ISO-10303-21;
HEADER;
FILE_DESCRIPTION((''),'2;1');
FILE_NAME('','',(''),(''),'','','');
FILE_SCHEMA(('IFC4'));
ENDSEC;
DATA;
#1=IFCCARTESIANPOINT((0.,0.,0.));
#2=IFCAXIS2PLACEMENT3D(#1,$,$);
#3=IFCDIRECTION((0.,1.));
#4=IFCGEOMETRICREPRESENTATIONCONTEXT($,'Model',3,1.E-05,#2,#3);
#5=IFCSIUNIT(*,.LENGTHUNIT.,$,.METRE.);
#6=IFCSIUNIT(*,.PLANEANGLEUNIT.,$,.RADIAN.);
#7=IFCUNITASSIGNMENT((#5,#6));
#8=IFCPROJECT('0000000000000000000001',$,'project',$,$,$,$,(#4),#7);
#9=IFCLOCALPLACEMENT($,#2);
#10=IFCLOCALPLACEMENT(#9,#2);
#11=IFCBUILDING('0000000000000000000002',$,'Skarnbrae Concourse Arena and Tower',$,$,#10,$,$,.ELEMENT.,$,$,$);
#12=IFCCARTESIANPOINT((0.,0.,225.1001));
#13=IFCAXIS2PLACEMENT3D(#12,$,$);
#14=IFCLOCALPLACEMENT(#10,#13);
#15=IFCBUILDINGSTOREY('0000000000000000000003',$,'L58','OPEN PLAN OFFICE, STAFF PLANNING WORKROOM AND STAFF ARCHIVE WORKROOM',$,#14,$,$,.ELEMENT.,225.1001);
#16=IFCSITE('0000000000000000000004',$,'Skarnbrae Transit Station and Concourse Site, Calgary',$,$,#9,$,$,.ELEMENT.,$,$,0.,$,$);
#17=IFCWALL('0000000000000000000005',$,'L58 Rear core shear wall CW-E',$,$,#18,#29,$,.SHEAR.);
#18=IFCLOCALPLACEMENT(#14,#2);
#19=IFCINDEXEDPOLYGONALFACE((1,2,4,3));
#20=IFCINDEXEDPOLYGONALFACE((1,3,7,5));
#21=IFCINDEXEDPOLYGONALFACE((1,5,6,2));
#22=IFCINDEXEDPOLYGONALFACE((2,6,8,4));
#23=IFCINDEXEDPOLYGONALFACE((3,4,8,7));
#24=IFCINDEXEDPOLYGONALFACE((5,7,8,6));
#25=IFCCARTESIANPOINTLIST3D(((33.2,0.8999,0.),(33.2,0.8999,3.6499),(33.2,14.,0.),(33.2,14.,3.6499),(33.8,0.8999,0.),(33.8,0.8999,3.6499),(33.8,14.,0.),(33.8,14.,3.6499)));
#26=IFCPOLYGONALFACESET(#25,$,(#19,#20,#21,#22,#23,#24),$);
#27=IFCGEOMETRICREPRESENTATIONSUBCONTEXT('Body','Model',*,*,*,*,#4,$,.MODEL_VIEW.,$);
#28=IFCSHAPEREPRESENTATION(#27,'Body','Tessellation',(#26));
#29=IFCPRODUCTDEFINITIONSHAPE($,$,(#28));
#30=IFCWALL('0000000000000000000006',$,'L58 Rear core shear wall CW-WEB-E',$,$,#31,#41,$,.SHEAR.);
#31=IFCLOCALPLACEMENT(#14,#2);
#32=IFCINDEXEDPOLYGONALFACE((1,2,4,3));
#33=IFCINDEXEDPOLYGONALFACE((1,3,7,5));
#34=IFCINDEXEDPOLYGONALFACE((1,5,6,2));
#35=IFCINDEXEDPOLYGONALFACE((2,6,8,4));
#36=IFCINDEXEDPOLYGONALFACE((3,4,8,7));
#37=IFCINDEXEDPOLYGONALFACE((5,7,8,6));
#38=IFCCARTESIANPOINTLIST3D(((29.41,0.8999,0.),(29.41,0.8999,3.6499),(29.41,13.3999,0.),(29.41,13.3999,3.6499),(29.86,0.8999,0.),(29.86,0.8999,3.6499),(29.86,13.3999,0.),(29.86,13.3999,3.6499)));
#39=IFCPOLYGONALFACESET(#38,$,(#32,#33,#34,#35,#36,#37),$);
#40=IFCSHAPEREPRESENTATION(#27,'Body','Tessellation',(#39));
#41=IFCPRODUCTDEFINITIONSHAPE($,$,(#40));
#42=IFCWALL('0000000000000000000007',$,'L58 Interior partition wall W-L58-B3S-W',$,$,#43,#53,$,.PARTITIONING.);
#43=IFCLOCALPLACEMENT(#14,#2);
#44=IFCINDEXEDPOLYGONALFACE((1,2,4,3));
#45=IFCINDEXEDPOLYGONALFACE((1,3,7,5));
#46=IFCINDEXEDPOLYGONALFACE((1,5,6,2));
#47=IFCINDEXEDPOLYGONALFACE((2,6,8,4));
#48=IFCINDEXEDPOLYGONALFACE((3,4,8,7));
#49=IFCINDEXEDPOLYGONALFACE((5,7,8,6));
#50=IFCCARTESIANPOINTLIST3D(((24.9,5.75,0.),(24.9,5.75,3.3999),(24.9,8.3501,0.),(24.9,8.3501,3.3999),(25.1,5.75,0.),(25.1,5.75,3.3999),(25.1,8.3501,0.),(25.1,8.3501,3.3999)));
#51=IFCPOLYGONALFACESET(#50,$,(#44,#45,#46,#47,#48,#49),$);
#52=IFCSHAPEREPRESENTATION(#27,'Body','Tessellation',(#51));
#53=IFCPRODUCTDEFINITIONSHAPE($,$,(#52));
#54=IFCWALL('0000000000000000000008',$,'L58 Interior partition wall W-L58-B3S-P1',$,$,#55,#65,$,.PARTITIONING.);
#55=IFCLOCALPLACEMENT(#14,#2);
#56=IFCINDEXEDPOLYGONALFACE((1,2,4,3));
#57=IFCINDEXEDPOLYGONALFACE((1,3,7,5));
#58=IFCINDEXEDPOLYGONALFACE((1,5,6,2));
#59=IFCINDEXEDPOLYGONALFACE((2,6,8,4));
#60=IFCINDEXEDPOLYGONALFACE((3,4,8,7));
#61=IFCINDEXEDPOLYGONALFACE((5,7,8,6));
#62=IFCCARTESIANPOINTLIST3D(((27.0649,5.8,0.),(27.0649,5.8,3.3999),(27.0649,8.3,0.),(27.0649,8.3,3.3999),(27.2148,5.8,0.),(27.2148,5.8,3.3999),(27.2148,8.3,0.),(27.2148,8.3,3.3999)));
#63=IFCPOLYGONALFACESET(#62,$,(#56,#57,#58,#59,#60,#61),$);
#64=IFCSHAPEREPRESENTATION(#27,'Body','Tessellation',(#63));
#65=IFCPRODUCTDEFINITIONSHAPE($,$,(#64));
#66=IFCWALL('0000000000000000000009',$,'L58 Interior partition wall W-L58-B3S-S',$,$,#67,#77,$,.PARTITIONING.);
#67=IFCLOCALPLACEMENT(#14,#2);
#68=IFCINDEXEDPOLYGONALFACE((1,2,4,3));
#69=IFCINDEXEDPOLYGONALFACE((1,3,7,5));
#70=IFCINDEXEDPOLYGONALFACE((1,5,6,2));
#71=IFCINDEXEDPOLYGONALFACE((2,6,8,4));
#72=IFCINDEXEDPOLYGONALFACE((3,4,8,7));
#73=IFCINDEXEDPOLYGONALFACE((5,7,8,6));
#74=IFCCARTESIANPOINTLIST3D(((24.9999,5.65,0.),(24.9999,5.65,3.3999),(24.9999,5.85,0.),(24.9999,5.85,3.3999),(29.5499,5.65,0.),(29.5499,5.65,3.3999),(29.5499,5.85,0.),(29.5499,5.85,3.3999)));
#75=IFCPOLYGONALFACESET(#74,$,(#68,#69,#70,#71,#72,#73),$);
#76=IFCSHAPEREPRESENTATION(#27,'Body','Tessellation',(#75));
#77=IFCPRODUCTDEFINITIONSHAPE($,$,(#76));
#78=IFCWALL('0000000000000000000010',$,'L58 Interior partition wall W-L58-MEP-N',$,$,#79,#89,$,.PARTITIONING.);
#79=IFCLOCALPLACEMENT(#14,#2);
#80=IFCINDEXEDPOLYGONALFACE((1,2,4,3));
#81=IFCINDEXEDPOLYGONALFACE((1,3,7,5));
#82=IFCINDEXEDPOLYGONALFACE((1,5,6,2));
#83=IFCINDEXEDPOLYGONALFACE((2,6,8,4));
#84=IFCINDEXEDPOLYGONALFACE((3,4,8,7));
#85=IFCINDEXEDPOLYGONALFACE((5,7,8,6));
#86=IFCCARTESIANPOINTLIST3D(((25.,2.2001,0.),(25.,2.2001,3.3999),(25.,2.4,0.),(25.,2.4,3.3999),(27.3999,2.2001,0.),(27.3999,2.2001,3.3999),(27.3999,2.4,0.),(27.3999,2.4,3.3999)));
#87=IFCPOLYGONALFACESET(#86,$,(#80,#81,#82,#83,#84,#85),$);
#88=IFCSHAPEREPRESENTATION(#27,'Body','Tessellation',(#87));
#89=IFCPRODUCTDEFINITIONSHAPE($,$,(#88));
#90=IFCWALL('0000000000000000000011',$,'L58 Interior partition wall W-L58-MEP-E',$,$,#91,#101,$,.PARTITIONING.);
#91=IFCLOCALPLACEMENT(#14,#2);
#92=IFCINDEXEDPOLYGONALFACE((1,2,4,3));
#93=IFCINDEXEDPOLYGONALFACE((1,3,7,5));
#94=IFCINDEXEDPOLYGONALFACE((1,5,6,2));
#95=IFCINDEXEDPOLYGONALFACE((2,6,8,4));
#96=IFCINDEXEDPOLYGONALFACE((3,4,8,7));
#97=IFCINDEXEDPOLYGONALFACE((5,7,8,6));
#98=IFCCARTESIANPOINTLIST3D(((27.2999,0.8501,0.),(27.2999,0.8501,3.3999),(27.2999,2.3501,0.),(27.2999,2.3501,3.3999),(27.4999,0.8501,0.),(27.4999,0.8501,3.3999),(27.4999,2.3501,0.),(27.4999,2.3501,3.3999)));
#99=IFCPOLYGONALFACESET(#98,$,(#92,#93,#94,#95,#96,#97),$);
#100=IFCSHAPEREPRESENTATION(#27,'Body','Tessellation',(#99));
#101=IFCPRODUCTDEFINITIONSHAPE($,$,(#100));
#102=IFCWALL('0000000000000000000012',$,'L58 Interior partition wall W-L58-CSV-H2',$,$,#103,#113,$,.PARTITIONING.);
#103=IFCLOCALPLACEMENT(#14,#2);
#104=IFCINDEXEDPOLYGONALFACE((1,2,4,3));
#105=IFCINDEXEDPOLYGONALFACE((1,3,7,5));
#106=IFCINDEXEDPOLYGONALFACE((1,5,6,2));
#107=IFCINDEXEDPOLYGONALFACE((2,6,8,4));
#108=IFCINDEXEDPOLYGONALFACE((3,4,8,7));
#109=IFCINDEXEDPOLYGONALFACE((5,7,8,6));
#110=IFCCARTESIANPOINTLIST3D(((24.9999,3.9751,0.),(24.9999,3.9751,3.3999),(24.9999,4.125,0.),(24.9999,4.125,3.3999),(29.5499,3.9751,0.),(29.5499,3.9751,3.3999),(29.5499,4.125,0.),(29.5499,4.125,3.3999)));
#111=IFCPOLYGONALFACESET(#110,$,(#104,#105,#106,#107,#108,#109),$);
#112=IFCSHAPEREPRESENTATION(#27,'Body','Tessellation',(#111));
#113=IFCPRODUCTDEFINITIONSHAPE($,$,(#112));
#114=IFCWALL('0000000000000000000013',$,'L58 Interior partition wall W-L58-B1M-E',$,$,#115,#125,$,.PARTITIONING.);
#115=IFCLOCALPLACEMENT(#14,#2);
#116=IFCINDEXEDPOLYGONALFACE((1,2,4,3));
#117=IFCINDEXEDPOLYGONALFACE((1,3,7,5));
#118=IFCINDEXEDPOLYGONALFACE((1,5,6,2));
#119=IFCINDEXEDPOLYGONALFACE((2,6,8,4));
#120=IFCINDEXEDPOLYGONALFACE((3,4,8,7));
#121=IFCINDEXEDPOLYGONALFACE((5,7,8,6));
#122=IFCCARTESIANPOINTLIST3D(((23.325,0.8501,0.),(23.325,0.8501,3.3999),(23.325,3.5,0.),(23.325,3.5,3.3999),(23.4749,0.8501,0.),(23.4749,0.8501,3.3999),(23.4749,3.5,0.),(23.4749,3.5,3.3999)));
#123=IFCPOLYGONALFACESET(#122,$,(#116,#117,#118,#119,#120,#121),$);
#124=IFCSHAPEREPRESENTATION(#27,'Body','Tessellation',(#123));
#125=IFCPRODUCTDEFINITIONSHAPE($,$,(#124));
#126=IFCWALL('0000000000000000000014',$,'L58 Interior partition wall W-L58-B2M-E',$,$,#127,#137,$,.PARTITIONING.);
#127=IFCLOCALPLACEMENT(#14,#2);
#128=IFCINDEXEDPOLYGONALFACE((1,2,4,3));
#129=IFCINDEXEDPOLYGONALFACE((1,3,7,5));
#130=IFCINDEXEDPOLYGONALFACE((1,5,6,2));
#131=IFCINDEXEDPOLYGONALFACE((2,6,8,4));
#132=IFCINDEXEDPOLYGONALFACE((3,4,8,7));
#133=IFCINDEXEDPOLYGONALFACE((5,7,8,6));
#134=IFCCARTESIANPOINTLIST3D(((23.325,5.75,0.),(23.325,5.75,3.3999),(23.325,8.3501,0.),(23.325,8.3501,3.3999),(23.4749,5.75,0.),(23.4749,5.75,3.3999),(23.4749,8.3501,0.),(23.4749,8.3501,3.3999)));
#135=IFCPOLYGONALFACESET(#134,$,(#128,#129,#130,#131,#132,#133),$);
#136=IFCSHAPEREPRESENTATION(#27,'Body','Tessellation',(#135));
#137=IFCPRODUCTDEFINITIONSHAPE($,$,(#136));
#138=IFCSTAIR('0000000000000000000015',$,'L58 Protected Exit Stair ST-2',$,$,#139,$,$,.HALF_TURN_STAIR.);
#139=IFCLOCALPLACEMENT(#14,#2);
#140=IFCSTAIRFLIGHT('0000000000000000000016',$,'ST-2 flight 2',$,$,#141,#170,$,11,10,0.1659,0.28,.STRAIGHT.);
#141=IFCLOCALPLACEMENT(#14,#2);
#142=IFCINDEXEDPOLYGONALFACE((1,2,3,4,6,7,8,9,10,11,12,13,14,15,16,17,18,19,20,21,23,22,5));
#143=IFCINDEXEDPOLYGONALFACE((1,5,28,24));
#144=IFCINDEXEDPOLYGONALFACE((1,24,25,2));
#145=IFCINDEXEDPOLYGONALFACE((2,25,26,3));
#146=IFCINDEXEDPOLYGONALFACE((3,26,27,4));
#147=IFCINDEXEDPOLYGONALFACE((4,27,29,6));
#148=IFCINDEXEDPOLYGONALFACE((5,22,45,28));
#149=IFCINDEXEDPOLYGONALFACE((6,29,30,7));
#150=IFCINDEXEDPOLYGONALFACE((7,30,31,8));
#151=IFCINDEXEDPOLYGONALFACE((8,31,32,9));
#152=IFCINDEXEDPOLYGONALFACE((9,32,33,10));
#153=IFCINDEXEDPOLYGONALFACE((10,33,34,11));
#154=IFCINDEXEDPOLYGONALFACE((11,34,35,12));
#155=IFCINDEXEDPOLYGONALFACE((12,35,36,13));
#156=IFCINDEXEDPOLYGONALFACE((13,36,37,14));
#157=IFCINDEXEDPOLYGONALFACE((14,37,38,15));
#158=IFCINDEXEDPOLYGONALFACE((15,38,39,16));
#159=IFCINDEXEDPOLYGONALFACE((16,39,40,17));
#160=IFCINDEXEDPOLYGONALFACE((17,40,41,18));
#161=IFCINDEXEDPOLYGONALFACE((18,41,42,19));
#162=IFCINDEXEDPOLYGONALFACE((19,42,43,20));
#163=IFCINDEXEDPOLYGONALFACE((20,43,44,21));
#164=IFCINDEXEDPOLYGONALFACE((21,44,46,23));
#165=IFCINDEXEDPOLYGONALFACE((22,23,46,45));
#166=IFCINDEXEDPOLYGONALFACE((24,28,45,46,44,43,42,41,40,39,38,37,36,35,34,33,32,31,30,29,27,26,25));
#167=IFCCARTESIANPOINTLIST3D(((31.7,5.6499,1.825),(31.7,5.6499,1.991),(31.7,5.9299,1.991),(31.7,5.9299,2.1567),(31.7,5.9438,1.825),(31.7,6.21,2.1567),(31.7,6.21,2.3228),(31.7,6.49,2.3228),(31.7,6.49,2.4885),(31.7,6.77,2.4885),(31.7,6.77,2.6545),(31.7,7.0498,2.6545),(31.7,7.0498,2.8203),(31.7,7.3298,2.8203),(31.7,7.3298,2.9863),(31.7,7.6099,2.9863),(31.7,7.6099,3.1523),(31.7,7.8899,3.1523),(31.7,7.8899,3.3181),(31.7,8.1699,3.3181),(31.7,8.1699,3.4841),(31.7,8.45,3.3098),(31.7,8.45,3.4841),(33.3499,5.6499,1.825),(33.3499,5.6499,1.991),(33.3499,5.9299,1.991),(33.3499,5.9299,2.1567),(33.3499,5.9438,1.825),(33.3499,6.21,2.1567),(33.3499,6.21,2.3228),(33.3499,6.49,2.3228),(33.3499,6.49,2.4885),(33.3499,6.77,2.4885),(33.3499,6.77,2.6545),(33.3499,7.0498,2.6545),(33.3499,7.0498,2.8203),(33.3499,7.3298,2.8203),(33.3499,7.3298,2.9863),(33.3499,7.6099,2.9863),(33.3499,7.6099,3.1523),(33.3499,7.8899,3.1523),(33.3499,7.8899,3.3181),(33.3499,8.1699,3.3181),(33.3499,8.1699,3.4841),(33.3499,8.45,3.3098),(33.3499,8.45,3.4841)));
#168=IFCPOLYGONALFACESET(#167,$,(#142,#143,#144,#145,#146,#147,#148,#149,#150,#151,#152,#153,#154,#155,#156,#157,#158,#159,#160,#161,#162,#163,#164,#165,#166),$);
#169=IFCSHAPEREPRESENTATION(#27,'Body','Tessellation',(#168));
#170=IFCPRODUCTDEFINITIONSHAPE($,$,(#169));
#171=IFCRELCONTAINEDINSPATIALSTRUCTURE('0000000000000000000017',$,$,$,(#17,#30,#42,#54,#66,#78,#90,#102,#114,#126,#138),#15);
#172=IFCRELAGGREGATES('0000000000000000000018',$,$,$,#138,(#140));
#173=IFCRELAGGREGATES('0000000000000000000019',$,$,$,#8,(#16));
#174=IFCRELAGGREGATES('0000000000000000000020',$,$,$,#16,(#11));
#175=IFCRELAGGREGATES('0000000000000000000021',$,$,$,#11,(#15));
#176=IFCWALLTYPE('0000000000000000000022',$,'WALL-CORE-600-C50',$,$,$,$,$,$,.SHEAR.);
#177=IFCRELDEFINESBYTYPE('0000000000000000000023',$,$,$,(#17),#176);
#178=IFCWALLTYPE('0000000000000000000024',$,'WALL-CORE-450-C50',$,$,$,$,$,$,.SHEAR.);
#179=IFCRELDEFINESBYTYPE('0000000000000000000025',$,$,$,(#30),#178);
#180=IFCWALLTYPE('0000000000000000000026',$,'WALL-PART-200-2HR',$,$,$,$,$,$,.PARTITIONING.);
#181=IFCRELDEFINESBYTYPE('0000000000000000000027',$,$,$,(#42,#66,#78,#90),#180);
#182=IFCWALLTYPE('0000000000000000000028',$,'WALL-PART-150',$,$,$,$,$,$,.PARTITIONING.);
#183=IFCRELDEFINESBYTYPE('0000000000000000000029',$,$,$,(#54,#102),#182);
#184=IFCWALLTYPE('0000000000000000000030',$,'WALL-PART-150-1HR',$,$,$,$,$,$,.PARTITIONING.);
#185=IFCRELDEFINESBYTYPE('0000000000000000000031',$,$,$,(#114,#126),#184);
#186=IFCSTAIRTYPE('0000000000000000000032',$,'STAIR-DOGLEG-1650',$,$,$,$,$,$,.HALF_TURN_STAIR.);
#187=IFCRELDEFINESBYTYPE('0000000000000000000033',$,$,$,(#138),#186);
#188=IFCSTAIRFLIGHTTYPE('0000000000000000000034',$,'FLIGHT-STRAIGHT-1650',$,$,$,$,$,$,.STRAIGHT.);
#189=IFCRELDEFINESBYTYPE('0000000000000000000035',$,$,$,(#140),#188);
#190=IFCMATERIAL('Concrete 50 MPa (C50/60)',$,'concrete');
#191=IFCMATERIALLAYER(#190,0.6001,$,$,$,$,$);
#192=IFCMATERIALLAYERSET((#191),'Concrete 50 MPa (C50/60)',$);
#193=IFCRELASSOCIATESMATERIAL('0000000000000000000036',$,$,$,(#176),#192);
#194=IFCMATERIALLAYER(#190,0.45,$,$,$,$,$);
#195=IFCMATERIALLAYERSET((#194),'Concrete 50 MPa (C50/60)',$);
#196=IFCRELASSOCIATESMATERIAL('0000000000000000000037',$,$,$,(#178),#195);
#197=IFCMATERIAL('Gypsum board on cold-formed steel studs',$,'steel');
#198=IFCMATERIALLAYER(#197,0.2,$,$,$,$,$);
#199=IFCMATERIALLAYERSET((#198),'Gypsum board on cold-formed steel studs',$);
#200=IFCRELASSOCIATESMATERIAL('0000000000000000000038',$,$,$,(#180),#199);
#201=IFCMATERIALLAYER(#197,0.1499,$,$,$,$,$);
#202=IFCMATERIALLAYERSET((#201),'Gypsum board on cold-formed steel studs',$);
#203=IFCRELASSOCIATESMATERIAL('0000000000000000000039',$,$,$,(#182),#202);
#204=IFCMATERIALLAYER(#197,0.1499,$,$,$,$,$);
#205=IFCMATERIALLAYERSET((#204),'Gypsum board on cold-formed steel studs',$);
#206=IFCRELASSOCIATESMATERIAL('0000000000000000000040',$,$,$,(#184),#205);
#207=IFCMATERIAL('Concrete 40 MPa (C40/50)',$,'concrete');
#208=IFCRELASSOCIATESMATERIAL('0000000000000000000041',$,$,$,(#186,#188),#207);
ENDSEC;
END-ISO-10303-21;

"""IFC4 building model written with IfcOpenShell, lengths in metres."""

from ifc_helpers import new_model, si_unit, direction, frame, frame_2d, origin, place, context, subcontext, project, spatial, polyline, rectangle, outline, extrude, source, transform, mapped, material, layer, layer_set, type_object, element, aggregate, save


model = new_model("IFC4")

# Units and contexts
model_context = context("Model", 3, precision=1e-05, world=origin(), true_north=direction((0.0, 1.0)))
body_context = subcontext(model_context, "Body", "Model", "MODEL_VIEW")
ifc_project = project(units=[si_unit("LENGTHUNIT", "METRE"), si_unit("PLANEANGLEUNIT", "RADIAN")], contexts=[model_context])

# Site, building, storey
site_placement = place(None, origin())
site = spatial("IfcSite", under=ifc_project, at=site_placement, Name="Skarnbrae Transit Station and Concourse Site, Calgary", CompositionType="ELEMENT", RefElevation=0.0)
building_placement = place(site_placement, origin())
building = spatial("IfcBuilding", under=site, at=building_placement, Name="Skarnbrae Concourse Arena and Tower", CompositionType="ELEMENT")
storey_placement = place(building_placement, frame((0.0, 0.0, 225.1001)))
storey = spatial("IfcBuildingStorey", under=building, at=storey_placement, Name="L58", Description="OPEN PLAN OFFICE, STAFF PLANNING WORKROOM AND STAFF ARCHIVE WORKROOM", CompositionType="ELEMENT", Elevation=225.1001)

# Walls
ifc_material_1 = material(Name="Concrete 50 MPa (C50/60)", Category="concrete")
ifc_layer_1 = layer(ifc_material_1, 0.6001)
ifc_layer_set_1 = layer_set([ifc_layer_1], Name="Concrete 50 MPa (C50/60)")
wall_type_1 = type_object("IfcWallType", Name="WALL-CORE-600-C50", PredefinedType="SHEAR", material=ifc_layer_set_1)
shared_shape_1 = source(origin(), body_context, "Body", "SweptSolid", [
    extrude(rectangle(XDim=13.1001, YDim=0.6001, at=frame_2d((6.55, 0.0))), origin(), (0.0, 0.0, 1.0), 3.6499),
])
wall_1_placement = place(storey_placement, frame((33.5, 0.8999, 0.0), z_axis=(0.0, 0.0, 1.0), x_axis=(0.0, 1.0, 0.0)))
element("IfcWall", 1, at=wall_1_placement, inside=storey, type_object=wall_type_1, Name="L58 Rear core shear wall CW-E", PredefinedType="SHEAR", context=body_context, shape_type="MappedRepresentation", body=[
    mapped(shared_shape_1, transform((0.0, 0.0, 0.0))),
])
ifc_layer_2 = layer(ifc_material_1, 0.45)
ifc_layer_set_2 = layer_set([ifc_layer_2], Name="Concrete 50 MPa (C50/60)")
wall_type_2 = type_object("IfcWallType", Name="WALL-CORE-450-C50", PredefinedType="SHEAR", material=ifc_layer_set_2)
shared_shape_2 = source(origin(), body_context, "Body", "SweptSolid", [
    extrude(rectangle(XDim=12.5, YDim=0.45, at=frame_2d((6.25, 0.0))), origin(), (0.0, 0.0, 1.0), 3.6499),
])
wall_2_placement = place(storey_placement, frame((29.635, 0.8999, 0.0), z_axis=(0.0, 0.0, 1.0), x_axis=(0.0, 1.0, 0.0)))
element("IfcWall", 2, at=wall_2_placement, inside=storey, type_object=wall_type_2, Name="L58 Rear core shear wall CW-WEB-E", PredefinedType="SHEAR", context=body_context, shape_type="MappedRepresentation", body=[
    mapped(shared_shape_2, transform((0.0, 0.0, 0.0))),
])
ifc_material_2 = material(Name="Gypsum board on cold-formed steel studs", Category="steel")
ifc_layer_3 = layer(ifc_material_2, 0.2)
ifc_layer_set_3 = layer_set([ifc_layer_3], Name="Gypsum board on cold-formed steel studs")
wall_type_3 = type_object("IfcWallType", Name="WALL-PART-200-2HR", PredefinedType="PARTITIONING", material=ifc_layer_set_3)
shared_shape_3 = source(origin(), body_context, "Body", "SweptSolid", [
    extrude(rectangle(XDim=2.6001, YDim=0.2, at=frame_2d((1.3, 0.0))), origin(), (0.0, 0.0, 1.0), 3.3999),
])
wall_3_placement = place(storey_placement, frame((25.0, 5.75, 0.0), z_axis=(0.0, 0.0, 1.0), x_axis=(0.0, 1.0, 0.0)))
element("IfcWall", 3, at=wall_3_placement, inside=storey, type_object=wall_type_3, Name="L58 Interior partition wall W-L58-B3S-W", PredefinedType="PARTITIONING", context=body_context, shape_type="MappedRepresentation", body=[
    mapped(shared_shape_3, transform((0.0, 0.0, 0.0))),
])
ifc_layer_4 = layer(ifc_material_2, 0.1499)
ifc_layer_set_4 = layer_set([ifc_layer_4], Name="Gypsum board on cold-formed steel studs")
wall_type_4 = type_object("IfcWallType", Name="WALL-PART-150", PredefinedType="PARTITIONING", material=ifc_layer_set_4)
shared_shape_4 = source(origin(), body_context, "Body", "SweptSolid", [
    extrude(rectangle(XDim=2.5, YDim=0.1499, at=frame_2d((1.25, 0.0))), origin(), (0.0, 0.0, 1.0), 3.3999),
])
wall_4_placement = place(storey_placement, frame((27.1399, 5.8, 0.0), z_axis=(0.0, 0.0, 1.0), x_axis=(0.0, 1.0, 0.0)))
element("IfcWall", 4, at=wall_4_placement, inside=storey, type_object=wall_type_4, Name="L58 Interior partition wall W-L58-B3S-P1", PredefinedType="PARTITIONING", context=body_context, shape_type="MappedRepresentation", body=[
    mapped(shared_shape_4, transform((0.0, 0.0, 0.0))),
])

# Shared definitions
shared_shape_5 = source(origin(), body_context, "Body", "SweptSolid", [
    extrude(rectangle(XDim=4.55, YDim=0.2, at=frame_2d((2.2749, 0.0))), origin(), (0.0, 0.0, 1.0), 3.3999),
])

# Wall
wall_5_placement = place(storey_placement, frame((25.0, 5.75, 0.0), z_axis=(0.0, 0.0, 1.0), x_axis=(1.0, 0.0, 0.0)))
element("IfcWall", 5, at=wall_5_placement, inside=storey, type_object=wall_type_3, Name="L58 Interior partition wall W-L58-B3S-S", PredefinedType="PARTITIONING", context=body_context, shape_type="MappedRepresentation", body=[
    mapped(shared_shape_5, transform((0.0, 0.0, 0.0))),
])

# Shared definitions
ifc_layer_5 = layer(ifc_material_2, 0.1499)
ifc_layer_set_5 = layer_set([ifc_layer_5], Name="Gypsum board on cold-formed steel studs")
wall_type_5 = type_object("IfcWallType", Name="WALL-PART-150-1HR", PredefinedType="PARTITIONING", material=ifc_layer_set_5)

# Walls
shared_shape_6 = source(origin(), body_context, "Body", "SweptSolid", [
    extrude(rectangle(XDim=2.3999, YDim=0.2, at=frame_2d((1.2, 0.0))), origin(), (0.0, 0.0, 1.0), 3.3999),
])
wall_6_placement = place(storey_placement, frame((25.0, 2.3, 0.0), z_axis=(0.0, 0.0, 1.0), x_axis=(1.0, 0.0, 0.0)))
element("IfcWall", 6, at=wall_6_placement, inside=storey, type_object=wall_type_3, Name="L58 Interior partition wall W-L58-MEP-N", PredefinedType="PARTITIONING", context=body_context, shape_type="MappedRepresentation", body=[
    mapped(shared_shape_6, transform((0.0, 0.0, 0.0))),
])
shared_shape_7 = source(origin(), body_context, "Body", "SweptSolid", [
    extrude(rectangle(XDim=1.5, YDim=0.2, at=frame_2d((0.75, 0.0))), origin(), (0.0, 0.0, 1.0), 3.3999),
])
wall_7_placement = place(storey_placement, frame((27.3999, 0.8501, 0.0), z_axis=(0.0, 0.0, 1.0), x_axis=(0.0, 1.0, 0.0)))
element("IfcWall", 7, at=wall_7_placement, inside=storey, type_object=wall_type_3, Name="L58 Interior partition wall W-L58-MEP-E", PredefinedType="PARTITIONING", context=body_context, shape_type="MappedRepresentation", body=[
    mapped(shared_shape_7, transform((0.0, 0.0, 0.0))),
])
shared_shape_8 = source(origin(), body_context, "Body", "SweptSolid", [
    extrude(rectangle(XDim=4.55, YDim=0.1499, at=frame_2d((2.2749, 0.0))), origin(), (0.0, 0.0, 1.0), 3.3999),
])
wall_8_placement = place(storey_placement, frame((25.0, 4.05, 0.0), z_axis=(0.0, 0.0, 1.0), x_axis=(1.0, 0.0, 0.0)))
element("IfcWall", 8, at=wall_8_placement, inside=storey, type_object=wall_type_4, Name="L58 Interior partition wall W-L58-CSV-H2", PredefinedType="PARTITIONING", context=body_context, shape_type="MappedRepresentation", body=[
    mapped(shared_shape_8, transform((0.0, 0.0, 0.0))),
])
shared_shape_9 = source(origin(), body_context, "Body", "SweptSolid", [
    extrude(rectangle(XDim=2.6499, YDim=0.1499, at=frame_2d((1.325, 0.0))), origin(), (0.0, 0.0, 1.0), 3.3999),
])
wall_9_placement = place(storey_placement, frame((23.3999, 0.8501, 0.0), z_axis=(0.0, 0.0, 1.0), x_axis=(0.0, 1.0, 0.0)))
element("IfcWall", 9, at=wall_9_placement, inside=storey, type_object=wall_type_5, Name="L58 Interior partition wall W-L58-B1M-E", PredefinedType="PARTITIONING", context=body_context, shape_type="MappedRepresentation", body=[
    mapped(shared_shape_9, transform((0.0, 0.0, 0.0))),
])
shared_shape_10 = source(origin(), body_context, "Body", "SweptSolid", [
    extrude(rectangle(XDim=2.6001, YDim=0.1499, at=frame_2d((1.3, 0.0))), origin(), (0.0, 0.0, 1.0), 3.3999),
])
wall_10_placement = place(storey_placement, frame((23.3999, 5.75, 0.0), z_axis=(0.0, 0.0, 1.0), x_axis=(0.0, 1.0, 0.0)))
element("IfcWall", 10, at=wall_10_placement, inside=storey, type_object=wall_type_5, Name="L58 Interior partition wall W-L58-B2M-E", PredefinedType="PARTITIONING", context=body_context, shape_type="MappedRepresentation", body=[
    mapped(shared_shape_10, transform((0.0, 0.0, 0.0))),
])

# Stair, stair flight
ifc_material_3 = material(Name="Concrete 40 MPa (C40/50)", Category="concrete")
stair_type = type_object("IfcStairType", Name="STAIR-DOGLEG-1650", PredefinedType="HALF_TURN_STAIR", material=ifc_material_3)
stair_placement = place(storey_placement, origin())
stair = element("IfcStair", 11, at=stair_placement, inside=storey, type_object=stair_type, Name="L58 Protected Exit Stair ST-2", PredefinedType="HALF_TURN_STAIR")
stair_flight_type = type_object("IfcStairFlightType", Name="FLIGHT-STRAIGHT-1650", PredefinedType="STRAIGHT", material=ifc_material_3)
shared_shape_11 = source(origin(), body_context, "Body", "SweptSolid", [
    extrude(outline(polyline([(0.0, 0.0), (0.0, 0.166), (0.28, 0.166), (0.28, 0.3318), (0.5601, 0.3318), (0.5601, 0.4978), (0.8401, 0.4978), (0.8401, 0.6636), (1.1201, 0.6636), (1.1201, 0.8296), (1.3999, 0.8296), (1.3999, 0.9954), (1.6799, 0.9954), (1.6799, 1.1614), (1.96, 1.1614), (1.96, 1.3274), (2.24, 1.3274), (2.24, 1.4932), (2.52, 1.4932), (2.52, 1.6592), (2.8, 1.6592), (2.8, 1.825), (2.8, 1.4849), (0.2939, 0.0), (0.0, 0.0)])), frame((0.0, 0.825, 0.0), z_axis=(0.0, -1.0, 0.0), x_axis=(1.0, 0.0, 0.0)), (0.0, 0.0, 1.0), 1.6499),
])
stair_flight_placement = place(storey_placement, frame((32.5249, 5.6499, 1.825), z_axis=(0.0, 0.0, 1.0), x_axis=(0.0, 1.0, 0.0)))
stair_flight = element("IfcStairFlight", 12, at=stair_flight_placement, type_object=stair_flight_type, Name="ST-2 flight 2", NumberOfRisers=11, NumberOfTreads=10, PredefinedType="STRAIGHT", RiserHeight=0.1659, TreadLength=0.28, context=body_context, shape_type="MappedRepresentation", body=[
    mapped(shared_shape_11, transform((0.0, 0.0, 0.0))),
])
aggregate(stair, [stair_flight])

save(model, "model.ifc")
